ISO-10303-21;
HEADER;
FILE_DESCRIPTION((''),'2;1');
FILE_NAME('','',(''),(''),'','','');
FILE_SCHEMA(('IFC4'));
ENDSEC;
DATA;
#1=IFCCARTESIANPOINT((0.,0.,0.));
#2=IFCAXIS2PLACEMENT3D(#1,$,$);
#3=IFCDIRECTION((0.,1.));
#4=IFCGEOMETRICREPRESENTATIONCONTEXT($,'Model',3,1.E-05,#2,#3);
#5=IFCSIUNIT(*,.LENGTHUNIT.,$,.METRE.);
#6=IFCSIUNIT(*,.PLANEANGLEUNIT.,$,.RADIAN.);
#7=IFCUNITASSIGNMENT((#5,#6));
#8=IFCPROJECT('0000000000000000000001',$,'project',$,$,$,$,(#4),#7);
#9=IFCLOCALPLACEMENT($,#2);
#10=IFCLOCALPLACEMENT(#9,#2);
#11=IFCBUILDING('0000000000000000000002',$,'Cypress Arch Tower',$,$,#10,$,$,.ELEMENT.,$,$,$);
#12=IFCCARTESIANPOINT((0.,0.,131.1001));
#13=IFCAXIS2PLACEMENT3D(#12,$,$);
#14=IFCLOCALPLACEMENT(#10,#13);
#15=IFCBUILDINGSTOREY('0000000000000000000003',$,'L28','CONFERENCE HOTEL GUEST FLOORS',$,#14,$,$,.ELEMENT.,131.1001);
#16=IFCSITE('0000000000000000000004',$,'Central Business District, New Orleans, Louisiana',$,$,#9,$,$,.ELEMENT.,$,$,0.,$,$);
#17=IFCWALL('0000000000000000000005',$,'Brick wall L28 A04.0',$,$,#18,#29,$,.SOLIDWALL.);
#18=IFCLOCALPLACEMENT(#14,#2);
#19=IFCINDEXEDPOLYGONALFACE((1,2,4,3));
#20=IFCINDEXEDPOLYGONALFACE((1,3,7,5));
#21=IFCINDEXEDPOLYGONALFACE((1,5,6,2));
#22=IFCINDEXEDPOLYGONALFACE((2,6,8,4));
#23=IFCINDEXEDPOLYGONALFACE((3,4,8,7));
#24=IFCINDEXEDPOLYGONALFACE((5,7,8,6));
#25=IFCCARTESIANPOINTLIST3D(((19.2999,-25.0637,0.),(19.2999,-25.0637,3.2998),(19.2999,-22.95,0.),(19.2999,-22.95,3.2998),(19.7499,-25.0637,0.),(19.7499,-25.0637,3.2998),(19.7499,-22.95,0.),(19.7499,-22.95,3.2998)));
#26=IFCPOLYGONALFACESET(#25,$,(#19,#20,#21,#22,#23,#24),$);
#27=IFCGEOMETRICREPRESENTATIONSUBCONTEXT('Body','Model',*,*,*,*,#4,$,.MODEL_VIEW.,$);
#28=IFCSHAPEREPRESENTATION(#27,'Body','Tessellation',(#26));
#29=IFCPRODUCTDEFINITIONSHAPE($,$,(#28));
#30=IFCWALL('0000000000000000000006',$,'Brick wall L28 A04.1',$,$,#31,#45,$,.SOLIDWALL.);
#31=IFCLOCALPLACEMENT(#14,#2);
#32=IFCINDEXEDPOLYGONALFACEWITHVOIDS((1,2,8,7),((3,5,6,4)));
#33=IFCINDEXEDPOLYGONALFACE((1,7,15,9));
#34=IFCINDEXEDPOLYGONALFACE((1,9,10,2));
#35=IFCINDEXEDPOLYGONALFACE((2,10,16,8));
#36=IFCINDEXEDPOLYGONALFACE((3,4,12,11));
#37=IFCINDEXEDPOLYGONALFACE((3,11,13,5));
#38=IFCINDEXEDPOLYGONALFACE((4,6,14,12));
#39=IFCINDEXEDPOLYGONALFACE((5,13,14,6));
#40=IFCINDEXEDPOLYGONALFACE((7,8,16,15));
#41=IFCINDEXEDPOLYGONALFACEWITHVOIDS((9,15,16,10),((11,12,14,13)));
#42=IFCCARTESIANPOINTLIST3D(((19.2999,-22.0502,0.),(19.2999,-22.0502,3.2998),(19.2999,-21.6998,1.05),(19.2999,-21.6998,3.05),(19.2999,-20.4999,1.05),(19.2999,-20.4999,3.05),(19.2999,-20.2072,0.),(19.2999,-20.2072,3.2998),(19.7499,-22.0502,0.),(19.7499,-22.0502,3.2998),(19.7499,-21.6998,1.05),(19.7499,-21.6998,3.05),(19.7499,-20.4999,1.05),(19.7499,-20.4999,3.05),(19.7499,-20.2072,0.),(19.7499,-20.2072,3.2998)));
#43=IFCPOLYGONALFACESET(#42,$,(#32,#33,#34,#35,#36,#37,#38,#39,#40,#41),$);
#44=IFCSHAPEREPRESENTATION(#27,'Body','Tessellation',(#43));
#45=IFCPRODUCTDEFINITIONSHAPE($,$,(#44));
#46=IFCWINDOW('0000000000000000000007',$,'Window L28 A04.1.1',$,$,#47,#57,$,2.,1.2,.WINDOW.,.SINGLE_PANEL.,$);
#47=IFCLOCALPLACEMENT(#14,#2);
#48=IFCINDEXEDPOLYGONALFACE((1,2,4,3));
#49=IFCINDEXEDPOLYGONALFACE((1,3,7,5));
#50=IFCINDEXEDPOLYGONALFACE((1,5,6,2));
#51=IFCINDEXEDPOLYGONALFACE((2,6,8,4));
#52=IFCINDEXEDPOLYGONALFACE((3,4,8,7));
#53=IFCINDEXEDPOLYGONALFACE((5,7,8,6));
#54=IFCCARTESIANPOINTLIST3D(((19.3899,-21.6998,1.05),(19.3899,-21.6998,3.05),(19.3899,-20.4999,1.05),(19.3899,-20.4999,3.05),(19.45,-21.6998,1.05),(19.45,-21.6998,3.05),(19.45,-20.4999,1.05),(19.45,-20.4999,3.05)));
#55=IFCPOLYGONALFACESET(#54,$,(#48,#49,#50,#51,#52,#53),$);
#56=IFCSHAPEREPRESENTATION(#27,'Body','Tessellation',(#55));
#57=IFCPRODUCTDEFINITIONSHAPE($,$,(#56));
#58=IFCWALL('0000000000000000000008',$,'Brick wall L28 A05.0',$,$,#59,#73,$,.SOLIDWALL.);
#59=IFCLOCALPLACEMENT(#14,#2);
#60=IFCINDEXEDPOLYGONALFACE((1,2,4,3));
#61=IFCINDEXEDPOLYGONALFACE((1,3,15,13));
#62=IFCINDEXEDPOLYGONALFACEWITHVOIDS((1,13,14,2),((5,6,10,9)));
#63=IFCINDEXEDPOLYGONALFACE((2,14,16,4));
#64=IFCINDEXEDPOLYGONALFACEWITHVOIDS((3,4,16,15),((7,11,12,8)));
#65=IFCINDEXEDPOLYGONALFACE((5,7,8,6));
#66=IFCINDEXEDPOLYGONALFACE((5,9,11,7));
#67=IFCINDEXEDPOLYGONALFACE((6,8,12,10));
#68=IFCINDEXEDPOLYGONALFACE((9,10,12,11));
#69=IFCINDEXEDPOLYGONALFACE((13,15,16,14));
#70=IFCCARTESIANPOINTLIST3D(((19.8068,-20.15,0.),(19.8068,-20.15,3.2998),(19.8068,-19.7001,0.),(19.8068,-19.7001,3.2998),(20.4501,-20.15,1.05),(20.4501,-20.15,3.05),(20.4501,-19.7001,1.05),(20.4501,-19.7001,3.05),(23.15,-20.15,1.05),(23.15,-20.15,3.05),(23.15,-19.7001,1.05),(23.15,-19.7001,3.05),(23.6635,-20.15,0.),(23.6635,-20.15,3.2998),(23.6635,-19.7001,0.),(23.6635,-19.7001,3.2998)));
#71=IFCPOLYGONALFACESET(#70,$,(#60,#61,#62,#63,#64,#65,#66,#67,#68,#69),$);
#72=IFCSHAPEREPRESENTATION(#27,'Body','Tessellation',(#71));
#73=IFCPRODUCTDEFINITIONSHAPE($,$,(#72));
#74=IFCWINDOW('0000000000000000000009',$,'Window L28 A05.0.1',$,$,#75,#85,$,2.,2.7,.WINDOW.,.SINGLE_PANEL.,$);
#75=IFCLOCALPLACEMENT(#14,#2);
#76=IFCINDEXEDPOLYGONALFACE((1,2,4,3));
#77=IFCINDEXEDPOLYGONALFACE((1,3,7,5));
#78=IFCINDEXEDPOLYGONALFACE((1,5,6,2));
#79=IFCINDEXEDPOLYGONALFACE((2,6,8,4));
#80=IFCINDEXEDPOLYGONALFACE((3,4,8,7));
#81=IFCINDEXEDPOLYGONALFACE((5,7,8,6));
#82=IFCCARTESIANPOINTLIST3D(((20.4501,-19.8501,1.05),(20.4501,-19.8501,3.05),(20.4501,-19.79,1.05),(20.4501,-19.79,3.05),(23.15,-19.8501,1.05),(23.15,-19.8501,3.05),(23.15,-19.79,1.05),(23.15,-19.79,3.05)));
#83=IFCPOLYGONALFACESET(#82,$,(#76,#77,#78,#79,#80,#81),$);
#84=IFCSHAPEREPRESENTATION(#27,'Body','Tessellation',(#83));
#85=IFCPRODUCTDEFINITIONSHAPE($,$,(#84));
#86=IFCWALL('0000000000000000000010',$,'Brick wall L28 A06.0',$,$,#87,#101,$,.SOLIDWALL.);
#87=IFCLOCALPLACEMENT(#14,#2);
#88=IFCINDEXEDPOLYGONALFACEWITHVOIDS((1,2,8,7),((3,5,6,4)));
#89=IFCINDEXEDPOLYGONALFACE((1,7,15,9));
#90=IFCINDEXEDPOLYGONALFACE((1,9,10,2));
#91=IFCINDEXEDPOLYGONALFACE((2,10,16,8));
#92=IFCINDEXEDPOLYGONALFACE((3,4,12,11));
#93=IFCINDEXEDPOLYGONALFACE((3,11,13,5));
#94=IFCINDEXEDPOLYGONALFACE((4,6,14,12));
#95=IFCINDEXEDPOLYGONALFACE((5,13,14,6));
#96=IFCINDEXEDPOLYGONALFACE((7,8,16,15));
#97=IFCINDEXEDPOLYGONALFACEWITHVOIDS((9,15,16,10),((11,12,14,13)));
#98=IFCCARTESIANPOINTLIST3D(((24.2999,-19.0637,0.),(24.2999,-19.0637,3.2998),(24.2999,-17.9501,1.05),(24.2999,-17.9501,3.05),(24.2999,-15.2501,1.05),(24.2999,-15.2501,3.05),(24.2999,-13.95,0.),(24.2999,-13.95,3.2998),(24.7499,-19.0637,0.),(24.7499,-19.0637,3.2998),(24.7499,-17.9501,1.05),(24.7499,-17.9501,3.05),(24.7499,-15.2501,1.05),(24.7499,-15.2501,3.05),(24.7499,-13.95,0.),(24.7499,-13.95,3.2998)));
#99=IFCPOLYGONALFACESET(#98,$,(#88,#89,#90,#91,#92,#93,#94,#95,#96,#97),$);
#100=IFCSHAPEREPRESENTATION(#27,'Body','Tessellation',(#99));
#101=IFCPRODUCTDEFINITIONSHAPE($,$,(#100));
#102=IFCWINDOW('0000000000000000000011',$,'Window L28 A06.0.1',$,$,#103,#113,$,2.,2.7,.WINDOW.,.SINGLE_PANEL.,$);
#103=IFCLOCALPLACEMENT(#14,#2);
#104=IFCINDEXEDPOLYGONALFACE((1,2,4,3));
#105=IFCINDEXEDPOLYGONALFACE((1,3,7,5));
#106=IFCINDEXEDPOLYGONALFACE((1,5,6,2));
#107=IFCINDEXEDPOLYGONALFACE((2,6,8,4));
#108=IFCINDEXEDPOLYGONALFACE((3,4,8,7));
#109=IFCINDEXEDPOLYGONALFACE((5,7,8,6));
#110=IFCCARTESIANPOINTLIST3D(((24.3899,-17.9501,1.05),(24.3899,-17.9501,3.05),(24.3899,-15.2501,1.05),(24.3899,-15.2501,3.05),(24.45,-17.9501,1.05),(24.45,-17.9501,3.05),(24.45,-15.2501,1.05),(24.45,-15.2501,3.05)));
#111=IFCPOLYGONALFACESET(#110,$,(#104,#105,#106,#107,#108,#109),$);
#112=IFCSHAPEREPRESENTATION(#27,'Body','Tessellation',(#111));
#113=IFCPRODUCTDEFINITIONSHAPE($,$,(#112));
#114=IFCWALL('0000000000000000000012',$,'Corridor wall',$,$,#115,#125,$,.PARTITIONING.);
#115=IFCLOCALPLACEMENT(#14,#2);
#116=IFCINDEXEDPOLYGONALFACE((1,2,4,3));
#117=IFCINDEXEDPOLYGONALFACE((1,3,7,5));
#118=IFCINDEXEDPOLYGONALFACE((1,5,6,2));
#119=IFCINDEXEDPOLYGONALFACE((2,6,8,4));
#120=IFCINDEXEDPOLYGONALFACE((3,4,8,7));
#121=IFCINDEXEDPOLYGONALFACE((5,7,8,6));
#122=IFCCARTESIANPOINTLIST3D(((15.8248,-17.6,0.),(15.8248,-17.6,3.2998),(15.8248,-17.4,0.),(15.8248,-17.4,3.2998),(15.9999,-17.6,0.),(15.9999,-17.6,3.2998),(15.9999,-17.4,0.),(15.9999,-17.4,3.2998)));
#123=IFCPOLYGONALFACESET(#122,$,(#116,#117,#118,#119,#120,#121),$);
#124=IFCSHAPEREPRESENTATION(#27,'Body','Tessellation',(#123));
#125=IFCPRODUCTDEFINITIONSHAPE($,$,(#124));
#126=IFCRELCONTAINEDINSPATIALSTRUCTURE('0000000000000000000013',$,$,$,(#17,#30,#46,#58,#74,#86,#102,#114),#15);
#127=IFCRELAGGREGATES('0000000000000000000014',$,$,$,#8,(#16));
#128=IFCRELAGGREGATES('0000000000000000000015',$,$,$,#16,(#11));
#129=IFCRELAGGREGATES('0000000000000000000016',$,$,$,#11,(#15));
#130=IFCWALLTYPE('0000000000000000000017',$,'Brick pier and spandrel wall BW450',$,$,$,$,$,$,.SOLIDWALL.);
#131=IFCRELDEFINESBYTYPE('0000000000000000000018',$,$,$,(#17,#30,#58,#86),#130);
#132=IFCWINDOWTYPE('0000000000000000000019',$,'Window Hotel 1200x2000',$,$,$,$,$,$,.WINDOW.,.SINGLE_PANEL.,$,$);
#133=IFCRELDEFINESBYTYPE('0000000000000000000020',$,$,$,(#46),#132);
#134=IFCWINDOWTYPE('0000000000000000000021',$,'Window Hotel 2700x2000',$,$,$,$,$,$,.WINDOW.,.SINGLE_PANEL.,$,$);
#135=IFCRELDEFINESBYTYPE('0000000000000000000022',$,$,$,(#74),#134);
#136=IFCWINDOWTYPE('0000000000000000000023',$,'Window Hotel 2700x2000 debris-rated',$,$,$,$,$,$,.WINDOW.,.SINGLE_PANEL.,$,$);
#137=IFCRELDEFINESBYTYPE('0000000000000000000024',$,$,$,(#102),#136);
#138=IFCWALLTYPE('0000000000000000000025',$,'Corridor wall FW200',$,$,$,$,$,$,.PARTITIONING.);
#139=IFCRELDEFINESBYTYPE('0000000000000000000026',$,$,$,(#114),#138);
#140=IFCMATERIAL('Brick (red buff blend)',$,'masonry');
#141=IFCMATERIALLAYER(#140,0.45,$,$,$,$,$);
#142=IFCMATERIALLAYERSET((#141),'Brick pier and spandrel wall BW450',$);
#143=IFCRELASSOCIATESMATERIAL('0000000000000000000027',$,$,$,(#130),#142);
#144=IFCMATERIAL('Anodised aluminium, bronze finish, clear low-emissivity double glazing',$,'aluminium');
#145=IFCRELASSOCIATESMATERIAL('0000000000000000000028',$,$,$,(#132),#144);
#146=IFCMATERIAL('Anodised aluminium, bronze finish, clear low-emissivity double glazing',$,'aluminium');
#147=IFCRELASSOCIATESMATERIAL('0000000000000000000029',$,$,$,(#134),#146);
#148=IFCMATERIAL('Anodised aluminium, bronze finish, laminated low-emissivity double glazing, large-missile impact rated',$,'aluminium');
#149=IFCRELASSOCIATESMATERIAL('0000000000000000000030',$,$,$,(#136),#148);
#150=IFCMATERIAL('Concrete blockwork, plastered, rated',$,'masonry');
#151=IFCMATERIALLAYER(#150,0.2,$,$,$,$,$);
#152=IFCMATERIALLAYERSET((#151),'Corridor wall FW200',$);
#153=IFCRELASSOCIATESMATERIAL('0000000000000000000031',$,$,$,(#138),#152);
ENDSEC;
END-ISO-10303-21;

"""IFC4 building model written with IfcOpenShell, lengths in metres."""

from ifc_helpers import new_model, si_unit, direction, frame, frame_2d, origin, place, context, subcontext, project, spatial, rectangle, extrude, material, layer, layer_set, type_object, element, fill, save


model = new_model("IFC4")

# Units and contexts
model_context = context("Model", 3, precision=1e-05, world=origin(), true_north=direction((0.0, 1.0)))
body_context = subcontext(model_context, "Body", "Model", "MODEL_VIEW")
ifc_project = project(units=[si_unit("LENGTHUNIT", "METRE"), si_unit("PLANEANGLEUNIT", "RADIAN")], contexts=[model_context])

# Site, building, storey
site_placement = place(None, origin())
site = spatial("IfcSite", under=ifc_project, at=site_placement, Name="Central Business District, New Orleans, Louisiana", CompositionType="ELEMENT", RefElevation=0.0)
building_placement = place(site_placement, origin())
building = spatial("IfcBuilding", under=site, at=building_placement, Name="Cypress Arch Tower", CompositionType="ELEMENT")
storey_placement = place(building_placement, frame((0.0, 0.0, 131.1001)))
storey = spatial("IfcBuildingStorey", under=building, at=storey_placement, Name="L28", Description="CONFERENCE HOTEL GUEST FLOORS", CompositionType="ELEMENT", Elevation=131.1001)

# Wall
ifc_material_1 = material(Name="Brick (red buff blend)", Category="masonry")
ifc_layer_1 = layer(ifc_material_1, 0.45)
ifc_layer_set_1 = layer_set([ifc_layer_1], Name="Brick pier and spandrel wall BW450")
wall_type_1 = type_object("IfcWallType", Name="Brick pier and spandrel wall BW450", PredefinedType="SOLIDWALL", material=ifc_layer_set_1)
wall_1_placement = place(storey_placement, frame((19.5249, -25.0637, 0.0), z_axis=(0.0, 0.0, 1.0), x_axis=(0.0, 1.0, 0.0)))
element("IfcWall", 1, at=wall_1_placement, inside=storey, type_object=wall_type_1, Name="Brick wall L28 A04.0", PredefinedType="SOLIDWALL", context=body_context, shape_type="SweptSolid", body=[
    extrude(rectangle(XDim=2.1138, YDim=0.45, at=frame_2d((1.0569, 0.0))), origin(), (0.0, 0.0, 1.0), 3.2998),
])

# Walls, openings, windows
wall_2_placement = place(storey_placement, frame((19.5249, -22.05, 0.0), z_axis=(0.0, 0.0, 1.0), x_axis=(0.0, 1.0, 0.0)))
wall_2 = element("IfcWall", 2, at=wall_2_placement, inside=storey, type_object=wall_type_1, Name="Brick wall L28 A04.1", PredefinedType="SOLIDWALL", context=body_context, shape_type="SweptSolid", body=[
    extrude(rectangle(XDim=1.843, YDim=0.45, at=frame_2d((0.9214, 0.0))), origin(), (0.0, 0.0, 1.0), 3.2998),
])
opening_1_placement = place(wall_2_placement, frame((0.3501, 0.0, 1.05)))
opening_1 = element("IfcOpeningElement", 3, at=opening_1_placement, cuts=wall_2, PredefinedType="OPENING", context=body_context, shape_type="SweptSolid", body=[
    extrude(rectangle(XDim=1.2, YDim=2.0, at=frame_2d((0.6001, 1.0))), frame((0.0, 0.2349, 0.0), z_axis=(0.0, -1.0, 0.0), x_axis=(1.0, 0.0, 0.0)), (0.0, 0.0, 1.0), 0.47),
])
ifc_material_2 = material(Name="Anodised aluminium, bronze finish, clear low-emissivity double glazing", Category="aluminium")
window_type_1 = type_object("IfcWindowType", Name="Window Hotel 1200x2000", PartitioningType="SINGLE_PANEL", PredefinedType="WINDOW", material=ifc_material_2)
window_1_placement = place(opening_1_placement, origin())
window_1 = element("IfcWindow", 4, at=window_1_placement, inside=storey, type_object=window_type_1, Name="Window L28 A04.1.1", OverallHeight=2.0, OverallWidth=1.2, PartitioningType="SINGLE_PANEL", PredefinedType="WINDOW", context=body_context, shape_type="SweptSolid", body=[
    extrude(rectangle(XDim=1.2, YDim=2.0, at=frame_2d((0.6001, 1.0))), frame((0.0, 0.135, 0.0), z_axis=(0.0, -1.0, 0.0), x_axis=(1.0, 0.0, 0.0)), (0.0, 0.0, 1.0), 0.0601),
])
fill(opening_1, window_1)
wall_3_placement = place(storey_placement, frame((19.8069, -19.925, 0.0), z_axis=(0.0, 0.0, 1.0), x_axis=(1.0, 0.0, 0.0)))
wall_3 = element("IfcWall", 5, at=wall_3_placement, inside=storey, type_object=wall_type_1, Name="Brick wall L28 A05.0", PredefinedType="SOLIDWALL", context=body_context, shape_type="SweptSolid", body=[
    extrude(rectangle(XDim=3.8567, YDim=0.45, at=frame_2d((1.9282, 0.0))), origin(), (0.0, 0.0, 1.0), 3.2998),
])
opening_2_placement = place(wall_3_placement, frame((0.6431, 0.0, 1.05)))
opening_2 = element("IfcOpeningElement", 6, at=opening_2_placement, cuts=wall_3, PredefinedType="OPENING", context=body_context, shape_type="SweptSolid", body=[
    extrude(rectangle(XDim=2.7, YDim=2.0, at=frame_2d((1.3501, 1.0))), frame((0.0, 0.2349, 0.0), z_axis=(0.0, -1.0, 0.0), x_axis=(1.0, 0.0, 0.0)), (0.0, 0.0, 1.0), 0.47),
])
ifc_material_3 = material(Name="Anodised aluminium, bronze finish, clear low-emissivity double glazing", Category="aluminium")
window_type_2 = type_object("IfcWindowType", Name="Window Hotel 2700x2000", PartitioningType="SINGLE_PANEL", PredefinedType="WINDOW", material=ifc_material_3)
window_2_placement = place(opening_2_placement, origin())
window_2 = element("IfcWindow", 7, at=window_2_placement, inside=storey, type_object=window_type_2, Name="Window L28 A05.0.1", OverallHeight=2.0, OverallWidth=2.7, PartitioningType="SINGLE_PANEL", PredefinedType="WINDOW", context=body_context, shape_type="SweptSolid", body=[
    extrude(rectangle(XDim=2.7, YDim=2.0, at=frame_2d((1.3501, 1.0))), frame((0.0, 0.135, 0.0), z_axis=(0.0, -1.0, 0.0), x_axis=(1.0, 0.0, 0.0)), (0.0, 0.0, 1.0), 0.0601),
])
fill(opening_2, window_2)
wall_4_placement = place(storey_placement, frame((24.5249, -19.0637, 0.0), z_axis=(0.0, 0.0, 1.0), x_axis=(0.0, 1.0, 0.0)))
wall_4 = element("IfcWall", 8, at=wall_4_placement, inside=storey, type_object=wall_type_1, Name="Brick wall L28 A06.0", PredefinedType="SOLIDWALL", context=body_context, shape_type="SweptSolid", body=[
    extrude(rectangle(XDim=5.1138, YDim=0.45, at=frame_2d((2.5569, 0.0))), origin(), (0.0, 0.0, 1.0), 3.2998),
])
opening_3_placement = place(wall_4_placement, frame((1.1135, 0.0, 1.05)))
opening_3 = element("IfcOpeningElement", 9, at=opening_3_placement, cuts=wall_4, PredefinedType="OPENING", context=body_context, shape_type="SweptSolid", body=[
    extrude(rectangle(XDim=2.7, YDim=2.0, at=frame_2d((1.3501, 1.0))), frame((0.0, 0.2349, 0.0), z_axis=(0.0, -1.0, 0.0), x_axis=(1.0, 0.0, 0.0)), (0.0, 0.0, 1.0), 0.47),
])
ifc_material_4 = material(Name="Anodised aluminium, bronze finish, laminated low-emissivity double glazing, large-missile impact rated", Category="aluminium")
window_type_3 = type_object("IfcWindowType", Name="Window Hotel 2700x2000 debris-rated", PartitioningType="SINGLE_PANEL", PredefinedType="WINDOW", material=ifc_material_4)
window_3_placement = place(opening_3_placement, origin())
window_3 = element("IfcWindow", 10, at=window_3_placement, inside=storey, type_object=window_type_3, Name="Window L28 A06.0.1", OverallHeight=2.0, OverallWidth=2.7, PartitioningType="SINGLE_PANEL", PredefinedType="WINDOW", context=body_context, shape_type="SweptSolid", body=[
    extrude(rectangle(XDim=2.7, YDim=2.0, at=frame_2d((1.3501, 1.0))), frame((0.0, 0.135, 0.0), z_axis=(0.0, -1.0, 0.0), x_axis=(1.0, 0.0, 0.0)), (0.0, 0.0, 1.0), 0.0601),
])
fill(opening_3, window_3)

# Wall
ifc_material_5 = material(Name="Concrete blockwork, plastered, rated", Category="masonry")
ifc_layer_2 = layer(ifc_material_5, 0.2)
ifc_layer_set_2 = layer_set([ifc_layer_2], Name="Corridor wall FW200")
wall_type_2 = type_object("IfcWallType", Name="Corridor wall FW200", PredefinedType="PARTITIONING", material=ifc_layer_set_2)
wall_5_placement = place(storey_placement, frame((15.825, -17.5, 0.0), z_axis=(0.0, 0.0, 1.0), x_axis=(1.0, 0.0, 0.0)))
element("IfcWall", 11, at=wall_5_placement, inside=storey, type_object=wall_type_2, Name="Corridor wall", PredefinedType="PARTITIONING", context=body_context, shape_type="SweptSolid", body=[
    extrude(rectangle(XDim=0.175, YDim=0.2, at=frame_2d((0.0874, 0.0))), origin(), (0.0, 0.0, 1.0), 3.2998),
])

save(model, "model.ifc")
